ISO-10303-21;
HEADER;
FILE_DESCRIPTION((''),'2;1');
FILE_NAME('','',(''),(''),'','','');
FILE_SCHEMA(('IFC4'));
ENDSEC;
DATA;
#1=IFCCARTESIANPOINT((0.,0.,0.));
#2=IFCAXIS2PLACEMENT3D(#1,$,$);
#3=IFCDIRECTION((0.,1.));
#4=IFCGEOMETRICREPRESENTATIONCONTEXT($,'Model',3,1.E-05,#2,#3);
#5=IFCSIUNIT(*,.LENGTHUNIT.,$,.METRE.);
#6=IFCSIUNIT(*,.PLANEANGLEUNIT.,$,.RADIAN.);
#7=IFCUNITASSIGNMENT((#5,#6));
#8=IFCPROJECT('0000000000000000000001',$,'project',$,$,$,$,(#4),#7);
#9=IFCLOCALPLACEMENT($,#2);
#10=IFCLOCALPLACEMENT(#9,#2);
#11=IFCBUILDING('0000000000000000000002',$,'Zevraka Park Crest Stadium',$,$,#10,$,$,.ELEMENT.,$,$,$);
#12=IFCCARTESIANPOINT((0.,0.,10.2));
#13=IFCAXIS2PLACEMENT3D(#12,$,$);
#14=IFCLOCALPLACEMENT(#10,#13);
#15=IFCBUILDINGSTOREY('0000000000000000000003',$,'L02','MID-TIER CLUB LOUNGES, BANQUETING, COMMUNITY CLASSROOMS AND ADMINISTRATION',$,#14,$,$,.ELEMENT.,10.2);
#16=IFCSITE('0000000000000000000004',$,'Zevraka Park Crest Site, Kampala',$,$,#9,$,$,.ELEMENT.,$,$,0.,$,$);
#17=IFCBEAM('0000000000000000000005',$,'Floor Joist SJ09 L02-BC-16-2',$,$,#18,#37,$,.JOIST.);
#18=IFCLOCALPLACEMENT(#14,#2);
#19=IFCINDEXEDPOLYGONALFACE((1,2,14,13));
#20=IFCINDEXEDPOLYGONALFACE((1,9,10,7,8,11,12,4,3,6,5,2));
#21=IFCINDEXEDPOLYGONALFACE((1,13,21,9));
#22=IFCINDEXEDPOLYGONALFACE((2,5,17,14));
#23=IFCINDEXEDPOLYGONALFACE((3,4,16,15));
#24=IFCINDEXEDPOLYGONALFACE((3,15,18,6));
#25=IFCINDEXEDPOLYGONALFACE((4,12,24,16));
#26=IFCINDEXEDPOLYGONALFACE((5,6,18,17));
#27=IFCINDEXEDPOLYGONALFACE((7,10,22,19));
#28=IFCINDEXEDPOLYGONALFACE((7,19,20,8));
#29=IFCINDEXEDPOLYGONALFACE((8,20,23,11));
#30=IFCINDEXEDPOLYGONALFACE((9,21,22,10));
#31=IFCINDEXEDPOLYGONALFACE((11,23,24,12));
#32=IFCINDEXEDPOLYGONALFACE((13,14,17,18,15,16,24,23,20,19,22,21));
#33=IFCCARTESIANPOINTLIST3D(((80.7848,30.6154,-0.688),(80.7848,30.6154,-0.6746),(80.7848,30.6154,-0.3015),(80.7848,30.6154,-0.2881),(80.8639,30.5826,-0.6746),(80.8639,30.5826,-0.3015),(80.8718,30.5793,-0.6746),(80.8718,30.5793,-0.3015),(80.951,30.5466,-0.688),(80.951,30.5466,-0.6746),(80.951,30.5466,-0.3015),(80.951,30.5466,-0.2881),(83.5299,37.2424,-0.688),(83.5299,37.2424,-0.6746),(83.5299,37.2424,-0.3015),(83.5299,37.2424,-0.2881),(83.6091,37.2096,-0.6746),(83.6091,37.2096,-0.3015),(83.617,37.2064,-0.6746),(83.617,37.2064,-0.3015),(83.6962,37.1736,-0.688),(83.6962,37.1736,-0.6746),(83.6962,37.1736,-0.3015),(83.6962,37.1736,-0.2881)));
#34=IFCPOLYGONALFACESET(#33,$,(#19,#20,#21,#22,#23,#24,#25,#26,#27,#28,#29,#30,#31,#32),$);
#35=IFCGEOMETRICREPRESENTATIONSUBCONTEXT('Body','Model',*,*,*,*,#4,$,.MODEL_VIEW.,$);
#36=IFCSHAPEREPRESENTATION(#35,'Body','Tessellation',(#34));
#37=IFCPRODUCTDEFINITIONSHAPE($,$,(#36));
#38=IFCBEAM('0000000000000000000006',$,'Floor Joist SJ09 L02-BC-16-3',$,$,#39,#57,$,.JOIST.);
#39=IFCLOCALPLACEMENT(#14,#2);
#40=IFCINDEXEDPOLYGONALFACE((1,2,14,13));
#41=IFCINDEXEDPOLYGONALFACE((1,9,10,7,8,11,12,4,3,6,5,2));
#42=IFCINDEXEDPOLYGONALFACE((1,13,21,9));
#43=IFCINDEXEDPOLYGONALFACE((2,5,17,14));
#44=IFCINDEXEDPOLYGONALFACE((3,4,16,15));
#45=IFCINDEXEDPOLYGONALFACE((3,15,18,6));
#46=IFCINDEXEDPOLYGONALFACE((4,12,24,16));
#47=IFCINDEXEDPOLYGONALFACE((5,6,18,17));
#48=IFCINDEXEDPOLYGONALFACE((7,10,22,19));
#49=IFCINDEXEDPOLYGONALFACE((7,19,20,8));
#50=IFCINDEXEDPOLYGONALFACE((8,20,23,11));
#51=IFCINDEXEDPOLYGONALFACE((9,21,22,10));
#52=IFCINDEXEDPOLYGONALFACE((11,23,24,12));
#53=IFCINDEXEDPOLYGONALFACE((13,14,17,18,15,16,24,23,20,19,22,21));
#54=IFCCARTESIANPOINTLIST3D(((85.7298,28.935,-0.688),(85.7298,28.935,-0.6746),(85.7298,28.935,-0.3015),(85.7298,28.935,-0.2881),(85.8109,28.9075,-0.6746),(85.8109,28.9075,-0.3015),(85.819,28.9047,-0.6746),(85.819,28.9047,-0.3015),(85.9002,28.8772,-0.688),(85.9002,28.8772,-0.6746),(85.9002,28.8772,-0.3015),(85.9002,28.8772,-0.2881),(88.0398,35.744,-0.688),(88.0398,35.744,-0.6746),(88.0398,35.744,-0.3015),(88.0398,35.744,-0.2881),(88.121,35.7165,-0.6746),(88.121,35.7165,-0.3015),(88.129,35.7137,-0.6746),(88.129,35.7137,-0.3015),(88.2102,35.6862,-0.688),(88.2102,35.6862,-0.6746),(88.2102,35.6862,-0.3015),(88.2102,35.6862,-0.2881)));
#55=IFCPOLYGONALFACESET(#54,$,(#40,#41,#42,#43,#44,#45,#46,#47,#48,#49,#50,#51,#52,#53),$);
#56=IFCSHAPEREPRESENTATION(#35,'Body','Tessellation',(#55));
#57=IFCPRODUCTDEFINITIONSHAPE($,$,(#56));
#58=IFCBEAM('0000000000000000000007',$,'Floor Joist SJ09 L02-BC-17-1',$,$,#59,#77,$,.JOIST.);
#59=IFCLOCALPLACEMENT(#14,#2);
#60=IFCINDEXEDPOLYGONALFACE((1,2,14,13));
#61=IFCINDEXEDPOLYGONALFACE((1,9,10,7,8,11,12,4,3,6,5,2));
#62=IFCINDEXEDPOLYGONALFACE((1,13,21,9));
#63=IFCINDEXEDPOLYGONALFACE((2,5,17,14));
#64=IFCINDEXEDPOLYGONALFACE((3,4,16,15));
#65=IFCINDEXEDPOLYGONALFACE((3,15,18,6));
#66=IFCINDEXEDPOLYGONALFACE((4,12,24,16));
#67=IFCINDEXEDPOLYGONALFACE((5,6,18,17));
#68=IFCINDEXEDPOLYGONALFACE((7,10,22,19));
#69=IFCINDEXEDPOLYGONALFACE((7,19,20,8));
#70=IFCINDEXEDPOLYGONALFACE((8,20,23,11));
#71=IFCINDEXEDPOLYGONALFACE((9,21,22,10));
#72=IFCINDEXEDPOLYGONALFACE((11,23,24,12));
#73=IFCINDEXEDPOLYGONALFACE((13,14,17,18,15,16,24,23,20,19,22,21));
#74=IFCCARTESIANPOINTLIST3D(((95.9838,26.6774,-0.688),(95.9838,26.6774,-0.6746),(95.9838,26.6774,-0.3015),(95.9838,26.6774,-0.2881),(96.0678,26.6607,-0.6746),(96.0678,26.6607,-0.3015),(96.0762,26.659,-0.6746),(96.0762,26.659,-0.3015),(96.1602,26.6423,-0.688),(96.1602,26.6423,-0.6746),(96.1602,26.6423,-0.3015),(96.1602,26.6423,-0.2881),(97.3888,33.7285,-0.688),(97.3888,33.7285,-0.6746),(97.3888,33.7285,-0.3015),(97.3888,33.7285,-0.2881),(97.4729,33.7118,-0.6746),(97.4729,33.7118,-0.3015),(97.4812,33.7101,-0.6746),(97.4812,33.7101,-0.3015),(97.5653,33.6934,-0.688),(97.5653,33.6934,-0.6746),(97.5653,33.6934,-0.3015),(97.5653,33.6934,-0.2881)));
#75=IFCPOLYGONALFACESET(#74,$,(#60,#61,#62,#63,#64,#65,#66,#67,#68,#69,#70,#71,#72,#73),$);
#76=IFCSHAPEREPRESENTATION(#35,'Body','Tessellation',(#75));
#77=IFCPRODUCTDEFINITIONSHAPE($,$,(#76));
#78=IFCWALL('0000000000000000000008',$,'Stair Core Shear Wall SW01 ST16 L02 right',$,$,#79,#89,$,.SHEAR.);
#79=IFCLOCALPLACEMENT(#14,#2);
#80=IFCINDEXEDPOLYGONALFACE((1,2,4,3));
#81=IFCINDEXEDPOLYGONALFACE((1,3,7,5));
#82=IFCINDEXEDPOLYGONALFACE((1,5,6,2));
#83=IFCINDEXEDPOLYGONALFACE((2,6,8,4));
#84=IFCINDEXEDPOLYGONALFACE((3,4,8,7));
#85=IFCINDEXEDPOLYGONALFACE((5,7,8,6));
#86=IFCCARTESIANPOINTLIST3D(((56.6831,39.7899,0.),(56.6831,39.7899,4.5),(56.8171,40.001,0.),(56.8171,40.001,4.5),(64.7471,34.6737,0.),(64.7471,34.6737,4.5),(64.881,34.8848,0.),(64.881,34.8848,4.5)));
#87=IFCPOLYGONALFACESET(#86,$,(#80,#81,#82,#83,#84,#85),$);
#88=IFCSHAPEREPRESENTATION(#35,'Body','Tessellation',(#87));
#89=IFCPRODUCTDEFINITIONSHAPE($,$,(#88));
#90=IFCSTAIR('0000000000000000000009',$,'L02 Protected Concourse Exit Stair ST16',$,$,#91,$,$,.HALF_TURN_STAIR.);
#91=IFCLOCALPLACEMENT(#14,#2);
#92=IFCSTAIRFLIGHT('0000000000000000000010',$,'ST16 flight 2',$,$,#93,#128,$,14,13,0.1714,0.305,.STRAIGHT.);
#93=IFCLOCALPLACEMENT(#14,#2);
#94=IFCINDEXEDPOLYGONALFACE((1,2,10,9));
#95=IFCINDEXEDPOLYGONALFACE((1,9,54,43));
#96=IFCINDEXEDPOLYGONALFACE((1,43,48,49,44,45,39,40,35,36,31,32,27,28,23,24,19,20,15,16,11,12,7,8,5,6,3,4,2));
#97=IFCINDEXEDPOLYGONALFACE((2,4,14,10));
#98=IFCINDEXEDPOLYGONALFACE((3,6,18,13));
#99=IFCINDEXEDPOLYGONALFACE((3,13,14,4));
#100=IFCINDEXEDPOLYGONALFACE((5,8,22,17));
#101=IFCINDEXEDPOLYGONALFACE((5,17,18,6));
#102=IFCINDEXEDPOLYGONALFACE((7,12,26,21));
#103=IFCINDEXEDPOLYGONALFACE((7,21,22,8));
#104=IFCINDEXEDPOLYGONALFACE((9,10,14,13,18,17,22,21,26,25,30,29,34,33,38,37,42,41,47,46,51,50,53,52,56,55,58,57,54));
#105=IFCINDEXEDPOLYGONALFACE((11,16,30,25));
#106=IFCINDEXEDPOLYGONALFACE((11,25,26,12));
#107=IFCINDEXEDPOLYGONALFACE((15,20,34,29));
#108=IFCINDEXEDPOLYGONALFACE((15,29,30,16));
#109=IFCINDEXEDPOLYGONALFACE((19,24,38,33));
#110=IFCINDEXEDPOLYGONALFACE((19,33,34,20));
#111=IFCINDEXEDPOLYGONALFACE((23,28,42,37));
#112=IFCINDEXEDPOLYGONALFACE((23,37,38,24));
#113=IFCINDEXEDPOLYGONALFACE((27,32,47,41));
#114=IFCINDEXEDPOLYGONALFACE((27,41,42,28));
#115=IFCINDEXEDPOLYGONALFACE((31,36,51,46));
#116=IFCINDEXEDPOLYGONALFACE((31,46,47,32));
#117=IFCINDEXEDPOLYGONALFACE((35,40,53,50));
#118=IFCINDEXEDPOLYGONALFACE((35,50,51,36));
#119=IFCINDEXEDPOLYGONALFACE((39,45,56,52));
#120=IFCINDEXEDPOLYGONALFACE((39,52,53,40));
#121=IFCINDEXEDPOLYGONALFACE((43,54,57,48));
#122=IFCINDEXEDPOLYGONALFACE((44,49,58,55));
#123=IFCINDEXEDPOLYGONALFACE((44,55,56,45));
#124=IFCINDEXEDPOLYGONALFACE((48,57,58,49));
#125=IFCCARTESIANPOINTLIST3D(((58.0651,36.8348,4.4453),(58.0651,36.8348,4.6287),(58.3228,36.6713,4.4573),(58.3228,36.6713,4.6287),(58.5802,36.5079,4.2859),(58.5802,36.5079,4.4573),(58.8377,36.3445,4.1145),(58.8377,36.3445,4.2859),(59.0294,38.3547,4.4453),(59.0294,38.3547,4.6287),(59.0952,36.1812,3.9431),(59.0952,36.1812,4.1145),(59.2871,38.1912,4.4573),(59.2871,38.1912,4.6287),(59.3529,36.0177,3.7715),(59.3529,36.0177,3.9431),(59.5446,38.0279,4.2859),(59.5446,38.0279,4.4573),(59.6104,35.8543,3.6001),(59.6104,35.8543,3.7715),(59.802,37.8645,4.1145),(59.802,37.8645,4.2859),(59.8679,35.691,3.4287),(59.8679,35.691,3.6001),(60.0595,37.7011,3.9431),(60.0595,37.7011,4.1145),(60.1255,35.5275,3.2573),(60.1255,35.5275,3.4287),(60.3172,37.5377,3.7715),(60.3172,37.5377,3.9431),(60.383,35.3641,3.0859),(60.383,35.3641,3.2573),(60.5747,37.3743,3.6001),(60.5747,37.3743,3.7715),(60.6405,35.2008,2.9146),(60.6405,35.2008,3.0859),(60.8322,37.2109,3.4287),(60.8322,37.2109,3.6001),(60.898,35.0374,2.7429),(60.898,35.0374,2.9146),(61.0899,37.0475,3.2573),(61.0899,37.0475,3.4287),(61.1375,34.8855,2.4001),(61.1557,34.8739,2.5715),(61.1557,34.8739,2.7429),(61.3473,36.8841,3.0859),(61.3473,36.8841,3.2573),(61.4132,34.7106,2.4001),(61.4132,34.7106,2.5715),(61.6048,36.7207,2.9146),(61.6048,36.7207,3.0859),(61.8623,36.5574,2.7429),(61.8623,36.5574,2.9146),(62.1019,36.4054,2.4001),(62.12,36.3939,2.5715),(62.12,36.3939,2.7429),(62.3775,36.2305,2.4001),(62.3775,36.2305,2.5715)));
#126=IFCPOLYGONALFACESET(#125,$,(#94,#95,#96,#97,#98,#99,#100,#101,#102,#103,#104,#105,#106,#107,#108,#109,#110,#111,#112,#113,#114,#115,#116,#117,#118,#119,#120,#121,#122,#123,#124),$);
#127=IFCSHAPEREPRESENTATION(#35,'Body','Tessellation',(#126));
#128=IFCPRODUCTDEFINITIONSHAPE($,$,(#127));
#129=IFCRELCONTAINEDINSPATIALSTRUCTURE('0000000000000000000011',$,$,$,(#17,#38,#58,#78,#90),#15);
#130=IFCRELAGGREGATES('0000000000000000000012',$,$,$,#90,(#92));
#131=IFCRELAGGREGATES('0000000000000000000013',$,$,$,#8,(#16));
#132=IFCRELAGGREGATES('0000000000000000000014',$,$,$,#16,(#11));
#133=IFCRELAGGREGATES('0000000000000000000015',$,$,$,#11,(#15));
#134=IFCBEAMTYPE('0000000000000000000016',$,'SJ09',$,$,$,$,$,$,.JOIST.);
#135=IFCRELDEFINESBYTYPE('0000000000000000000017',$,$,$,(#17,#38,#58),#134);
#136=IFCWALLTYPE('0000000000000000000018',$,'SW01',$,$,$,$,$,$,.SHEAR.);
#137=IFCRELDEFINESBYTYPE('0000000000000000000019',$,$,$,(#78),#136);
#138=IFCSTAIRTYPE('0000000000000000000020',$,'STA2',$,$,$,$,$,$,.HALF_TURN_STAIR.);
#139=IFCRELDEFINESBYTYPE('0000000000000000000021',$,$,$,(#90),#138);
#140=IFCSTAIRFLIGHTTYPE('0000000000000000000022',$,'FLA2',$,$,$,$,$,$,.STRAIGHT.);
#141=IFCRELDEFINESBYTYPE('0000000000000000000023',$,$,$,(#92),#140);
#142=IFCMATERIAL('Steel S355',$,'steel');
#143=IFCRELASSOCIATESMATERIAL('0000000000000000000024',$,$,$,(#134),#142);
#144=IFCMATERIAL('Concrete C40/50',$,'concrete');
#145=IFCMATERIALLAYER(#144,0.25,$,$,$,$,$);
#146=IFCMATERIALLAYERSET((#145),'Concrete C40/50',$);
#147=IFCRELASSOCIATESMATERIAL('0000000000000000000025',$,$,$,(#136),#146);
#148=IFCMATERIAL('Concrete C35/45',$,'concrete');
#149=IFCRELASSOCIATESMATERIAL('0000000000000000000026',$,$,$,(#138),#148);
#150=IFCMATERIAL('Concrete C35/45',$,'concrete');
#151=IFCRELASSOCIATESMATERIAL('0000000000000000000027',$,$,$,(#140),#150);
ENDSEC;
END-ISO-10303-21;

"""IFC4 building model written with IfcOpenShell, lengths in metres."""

from ifc_helpers import new_model, si_unit, direction, frame, frame_2d, origin, origin_2d, place, context, subcontext, project, spatial, polyline, rectangle, i_section, outline, extrude, material, layer, layer_set, material_profile, profile_set, type_object, element, aggregate, save


model = new_model("IFC4")

# Units and contexts
model_context = context("Model", 3, precision=1e-05, world=origin(), true_north=direction((0.0, 1.0)))
body_context = subcontext(model_context, "Body", "Model", "MODEL_VIEW")
ifc_project = project(units=[si_unit("LENGTHUNIT", "METRE"), si_unit("PLANEANGLEUNIT", "RADIAN")], contexts=[model_context])

# Site, building, storey
site_placement = place(None, origin())
site = spatial("IfcSite", under=ifc_project, at=site_placement, Name="Zevraka Park Crest Site, Kampala", CompositionType="ELEMENT", RefElevation=0.0)
building_placement = place(site_placement, origin())
building = spatial("IfcBuilding", under=site, at=building_placement, Name="Zevraka Park Crest Stadium", CompositionType="ELEMENT")
storey_placement = place(building_placement, frame((0.0, 0.0, 10.2)))
storey = spatial("IfcBuildingStorey", under=building, at=storey_placement, Name="L02", Description="MID-TIER CLUB LOUNGES, BANQUETING, COMMUNITY CLASSROOMS AND ADMINISTRATION", CompositionType="ELEMENT", Elevation=10.2)

# Beams
ifc_material_1 = material(Name="Steel S355", Category="steel")
ifc_material_profile_1 = material_profile(ifc_material_1, i_section(OverallWidth=0.1799, OverallDepth=0.3999, WebThickness=0.0085, FlangeThickness=0.0134, at=origin_2d()), Name="IPE 400")
ifc_profile_set_1 = profile_set([ifc_material_profile_1], Name="Steel S355")
beam_type_1 = type_object("IfcBeamType", Name="SJ09", PredefinedType="JOIST", material=ifc_profile_set_1)
beam_1_placement = place(storey_placement, frame((83.613, 37.208, -0.488), z_axis=(-0.3827, -0.923872, 0.0), x_axis=(0.923872, -0.3827, 0.0)))
element("IfcBeam", 1, at=beam_1_placement, inside=storey, type_object=beam_type_1, Name="Floor Joist SJ09 L02-BC-16-2", PredefinedType="JOIST", context=body_context, shape_type="SweptSolid", body=[
    extrude(i_section(OverallWidth=0.1799, OverallDepth=0.3999, WebThickness=0.0085, FlangeThickness=0.0134, at=origin_2d()), origin(), (0.0, 0.0, 1.0), 7.1731),
])
beam_2_placement = place(storey_placement, frame((88.125, 35.7151, -0.488), z_axis=(-0.321276, -0.946986, 0.0), x_axis=(0.946986, -0.321276, 0.0)))
element("IfcBeam", 2, at=beam_2_placement, inside=storey, type_object=beam_type_1, Name="Floor Joist SJ09 L02-BC-16-3", PredefinedType="JOIST", context=body_context, shape_type="SweptSolid", body=[
    extrude(i_section(OverallWidth=0.1799, OverallDepth=0.3999, WebThickness=0.0085, FlangeThickness=0.0134, at=origin_2d()), origin(), (0.0, 0.0, 1.0), 7.1902),
])
beam_3_placement = place(storey_placement, frame((97.4771, 33.7109, -0.488), z_axis=(-0.195424, -0.980719, 0.0), x_axis=(0.980719, -0.195424, 0.0)))
element("IfcBeam", 3, at=beam_3_placement, inside=storey, type_object=beam_type_1, Name="Floor Joist SJ09 L02-BC-17-1", PredefinedType="JOIST", context=body_context, shape_type="SweptSolid", body=[
    extrude(i_section(OverallWidth=0.1799, OverallDepth=0.3999, WebThickness=0.0085, FlangeThickness=0.0134, at=origin_2d()), origin(), (0.0, 0.0, 1.0), 7.1897),
])

# Wall
ifc_material_2 = material(Name="Concrete C40/50", Category="concrete")
ifc_layer = layer(ifc_material_2, 0.25)
ifc_layer_set = layer_set([ifc_layer], Name="Concrete C40/50")
wall_type = type_object("IfcWallType", Name="SW01", PredefinedType="SHEAR", material=ifc_layer_set)
wall_placement = place(storey_placement, frame((64.814, 34.7793, 0.0), z_axis=(0.0, 0.0, 1.0), x_axis=(-0.844391, 0.535727, 0.0)))
element("IfcWall", 4, at=wall_placement, inside=storey, type_object=wall_type, Name="Stair Core Shear Wall SW01 ST16 L02 right", PredefinedType="SHEAR", context=body_context, shape_type="SweptSolid", body=[
    extrude(rectangle(XDim=9.55, YDim=0.25, at=frame_2d((4.7749, 0.0))), origin(), (0.0, 0.0, 1.0), 4.5),
])

# Stair, stair flight
ifc_material_3 = material(Name="Concrete C35/45", Category="concrete")
stair_type = type_object("IfcStairType", Name="STA2", PredefinedType="HALF_TURN_STAIR", material=ifc_material_3)
stair_placement = place(storey_placement, origin())
stair = element("IfcStair", 5, at=stair_placement, inside=storey, type_object=stair_type, Name="L02 Protected Concourse Exit Stair ST16", PredefinedType="HALF_TURN_STAIR")
ifc_material_4 = material(Name="Concrete C35/45", Category="concrete")
stair_flight_type = type_object("IfcStairFlightType", Name="FLA2", PredefinedType="STRAIGHT", material=ifc_material_4)
stair_flight_placement = place(storey_placement, frame((61.8953, 35.4705, 2.4001), z_axis=(0.0, 0.0, 1.0), x_axis=(-0.844397, 0.535718, 0.0)))
stair_flight = element("IfcStairFlight", 6, at=stair_flight_placement, type_object=stair_flight_type, Name="ST16 flight 2", NumberOfRisers=14, NumberOfTreads=13, PredefinedType="STRAIGHT", RiserHeight=0.1714, TreadLength=0.305, context=body_context, shape_type="SweptSolid", body=[
    extrude(outline(polyline([(0.0, 0.0), (0.0, 0.1714), (0.3049, 0.1714), (0.3049, 0.3428), (0.6101, 0.3428), (0.6101, 0.5144), (0.915, 0.5144), (0.915, 0.6858), (1.22, 0.6858), (1.22, 0.8572), (1.5249, 0.8572), (1.5249, 1.0286), (1.8301, 1.0286), (1.8301, 1.2), (2.135, 1.2), (2.135, 1.3713), (2.4399, 1.3713), (2.4399, 1.543), (2.7451, 1.543), (2.7451, 1.7144), (3.05, 1.7144), (3.05, 1.8857), (3.355, 1.8857), (3.355, 2.0571), (3.6599, 2.0571), (3.6599, 2.2285), (3.9651, 2.2285), (3.9651, 2.3999), (3.9651, 2.0452), (0.3264, 0.0), (0.0, 0.0)])), frame((0.0, 0.8999, 0.0), z_axis=(0.0, -1.0, 0.0), x_axis=(1.0, 0.0, 0.0)), (0.0, 0.0, 1.0), 1.8),
])
aggregate(stair, [stair_flight])

save(model, "model.ifc")
